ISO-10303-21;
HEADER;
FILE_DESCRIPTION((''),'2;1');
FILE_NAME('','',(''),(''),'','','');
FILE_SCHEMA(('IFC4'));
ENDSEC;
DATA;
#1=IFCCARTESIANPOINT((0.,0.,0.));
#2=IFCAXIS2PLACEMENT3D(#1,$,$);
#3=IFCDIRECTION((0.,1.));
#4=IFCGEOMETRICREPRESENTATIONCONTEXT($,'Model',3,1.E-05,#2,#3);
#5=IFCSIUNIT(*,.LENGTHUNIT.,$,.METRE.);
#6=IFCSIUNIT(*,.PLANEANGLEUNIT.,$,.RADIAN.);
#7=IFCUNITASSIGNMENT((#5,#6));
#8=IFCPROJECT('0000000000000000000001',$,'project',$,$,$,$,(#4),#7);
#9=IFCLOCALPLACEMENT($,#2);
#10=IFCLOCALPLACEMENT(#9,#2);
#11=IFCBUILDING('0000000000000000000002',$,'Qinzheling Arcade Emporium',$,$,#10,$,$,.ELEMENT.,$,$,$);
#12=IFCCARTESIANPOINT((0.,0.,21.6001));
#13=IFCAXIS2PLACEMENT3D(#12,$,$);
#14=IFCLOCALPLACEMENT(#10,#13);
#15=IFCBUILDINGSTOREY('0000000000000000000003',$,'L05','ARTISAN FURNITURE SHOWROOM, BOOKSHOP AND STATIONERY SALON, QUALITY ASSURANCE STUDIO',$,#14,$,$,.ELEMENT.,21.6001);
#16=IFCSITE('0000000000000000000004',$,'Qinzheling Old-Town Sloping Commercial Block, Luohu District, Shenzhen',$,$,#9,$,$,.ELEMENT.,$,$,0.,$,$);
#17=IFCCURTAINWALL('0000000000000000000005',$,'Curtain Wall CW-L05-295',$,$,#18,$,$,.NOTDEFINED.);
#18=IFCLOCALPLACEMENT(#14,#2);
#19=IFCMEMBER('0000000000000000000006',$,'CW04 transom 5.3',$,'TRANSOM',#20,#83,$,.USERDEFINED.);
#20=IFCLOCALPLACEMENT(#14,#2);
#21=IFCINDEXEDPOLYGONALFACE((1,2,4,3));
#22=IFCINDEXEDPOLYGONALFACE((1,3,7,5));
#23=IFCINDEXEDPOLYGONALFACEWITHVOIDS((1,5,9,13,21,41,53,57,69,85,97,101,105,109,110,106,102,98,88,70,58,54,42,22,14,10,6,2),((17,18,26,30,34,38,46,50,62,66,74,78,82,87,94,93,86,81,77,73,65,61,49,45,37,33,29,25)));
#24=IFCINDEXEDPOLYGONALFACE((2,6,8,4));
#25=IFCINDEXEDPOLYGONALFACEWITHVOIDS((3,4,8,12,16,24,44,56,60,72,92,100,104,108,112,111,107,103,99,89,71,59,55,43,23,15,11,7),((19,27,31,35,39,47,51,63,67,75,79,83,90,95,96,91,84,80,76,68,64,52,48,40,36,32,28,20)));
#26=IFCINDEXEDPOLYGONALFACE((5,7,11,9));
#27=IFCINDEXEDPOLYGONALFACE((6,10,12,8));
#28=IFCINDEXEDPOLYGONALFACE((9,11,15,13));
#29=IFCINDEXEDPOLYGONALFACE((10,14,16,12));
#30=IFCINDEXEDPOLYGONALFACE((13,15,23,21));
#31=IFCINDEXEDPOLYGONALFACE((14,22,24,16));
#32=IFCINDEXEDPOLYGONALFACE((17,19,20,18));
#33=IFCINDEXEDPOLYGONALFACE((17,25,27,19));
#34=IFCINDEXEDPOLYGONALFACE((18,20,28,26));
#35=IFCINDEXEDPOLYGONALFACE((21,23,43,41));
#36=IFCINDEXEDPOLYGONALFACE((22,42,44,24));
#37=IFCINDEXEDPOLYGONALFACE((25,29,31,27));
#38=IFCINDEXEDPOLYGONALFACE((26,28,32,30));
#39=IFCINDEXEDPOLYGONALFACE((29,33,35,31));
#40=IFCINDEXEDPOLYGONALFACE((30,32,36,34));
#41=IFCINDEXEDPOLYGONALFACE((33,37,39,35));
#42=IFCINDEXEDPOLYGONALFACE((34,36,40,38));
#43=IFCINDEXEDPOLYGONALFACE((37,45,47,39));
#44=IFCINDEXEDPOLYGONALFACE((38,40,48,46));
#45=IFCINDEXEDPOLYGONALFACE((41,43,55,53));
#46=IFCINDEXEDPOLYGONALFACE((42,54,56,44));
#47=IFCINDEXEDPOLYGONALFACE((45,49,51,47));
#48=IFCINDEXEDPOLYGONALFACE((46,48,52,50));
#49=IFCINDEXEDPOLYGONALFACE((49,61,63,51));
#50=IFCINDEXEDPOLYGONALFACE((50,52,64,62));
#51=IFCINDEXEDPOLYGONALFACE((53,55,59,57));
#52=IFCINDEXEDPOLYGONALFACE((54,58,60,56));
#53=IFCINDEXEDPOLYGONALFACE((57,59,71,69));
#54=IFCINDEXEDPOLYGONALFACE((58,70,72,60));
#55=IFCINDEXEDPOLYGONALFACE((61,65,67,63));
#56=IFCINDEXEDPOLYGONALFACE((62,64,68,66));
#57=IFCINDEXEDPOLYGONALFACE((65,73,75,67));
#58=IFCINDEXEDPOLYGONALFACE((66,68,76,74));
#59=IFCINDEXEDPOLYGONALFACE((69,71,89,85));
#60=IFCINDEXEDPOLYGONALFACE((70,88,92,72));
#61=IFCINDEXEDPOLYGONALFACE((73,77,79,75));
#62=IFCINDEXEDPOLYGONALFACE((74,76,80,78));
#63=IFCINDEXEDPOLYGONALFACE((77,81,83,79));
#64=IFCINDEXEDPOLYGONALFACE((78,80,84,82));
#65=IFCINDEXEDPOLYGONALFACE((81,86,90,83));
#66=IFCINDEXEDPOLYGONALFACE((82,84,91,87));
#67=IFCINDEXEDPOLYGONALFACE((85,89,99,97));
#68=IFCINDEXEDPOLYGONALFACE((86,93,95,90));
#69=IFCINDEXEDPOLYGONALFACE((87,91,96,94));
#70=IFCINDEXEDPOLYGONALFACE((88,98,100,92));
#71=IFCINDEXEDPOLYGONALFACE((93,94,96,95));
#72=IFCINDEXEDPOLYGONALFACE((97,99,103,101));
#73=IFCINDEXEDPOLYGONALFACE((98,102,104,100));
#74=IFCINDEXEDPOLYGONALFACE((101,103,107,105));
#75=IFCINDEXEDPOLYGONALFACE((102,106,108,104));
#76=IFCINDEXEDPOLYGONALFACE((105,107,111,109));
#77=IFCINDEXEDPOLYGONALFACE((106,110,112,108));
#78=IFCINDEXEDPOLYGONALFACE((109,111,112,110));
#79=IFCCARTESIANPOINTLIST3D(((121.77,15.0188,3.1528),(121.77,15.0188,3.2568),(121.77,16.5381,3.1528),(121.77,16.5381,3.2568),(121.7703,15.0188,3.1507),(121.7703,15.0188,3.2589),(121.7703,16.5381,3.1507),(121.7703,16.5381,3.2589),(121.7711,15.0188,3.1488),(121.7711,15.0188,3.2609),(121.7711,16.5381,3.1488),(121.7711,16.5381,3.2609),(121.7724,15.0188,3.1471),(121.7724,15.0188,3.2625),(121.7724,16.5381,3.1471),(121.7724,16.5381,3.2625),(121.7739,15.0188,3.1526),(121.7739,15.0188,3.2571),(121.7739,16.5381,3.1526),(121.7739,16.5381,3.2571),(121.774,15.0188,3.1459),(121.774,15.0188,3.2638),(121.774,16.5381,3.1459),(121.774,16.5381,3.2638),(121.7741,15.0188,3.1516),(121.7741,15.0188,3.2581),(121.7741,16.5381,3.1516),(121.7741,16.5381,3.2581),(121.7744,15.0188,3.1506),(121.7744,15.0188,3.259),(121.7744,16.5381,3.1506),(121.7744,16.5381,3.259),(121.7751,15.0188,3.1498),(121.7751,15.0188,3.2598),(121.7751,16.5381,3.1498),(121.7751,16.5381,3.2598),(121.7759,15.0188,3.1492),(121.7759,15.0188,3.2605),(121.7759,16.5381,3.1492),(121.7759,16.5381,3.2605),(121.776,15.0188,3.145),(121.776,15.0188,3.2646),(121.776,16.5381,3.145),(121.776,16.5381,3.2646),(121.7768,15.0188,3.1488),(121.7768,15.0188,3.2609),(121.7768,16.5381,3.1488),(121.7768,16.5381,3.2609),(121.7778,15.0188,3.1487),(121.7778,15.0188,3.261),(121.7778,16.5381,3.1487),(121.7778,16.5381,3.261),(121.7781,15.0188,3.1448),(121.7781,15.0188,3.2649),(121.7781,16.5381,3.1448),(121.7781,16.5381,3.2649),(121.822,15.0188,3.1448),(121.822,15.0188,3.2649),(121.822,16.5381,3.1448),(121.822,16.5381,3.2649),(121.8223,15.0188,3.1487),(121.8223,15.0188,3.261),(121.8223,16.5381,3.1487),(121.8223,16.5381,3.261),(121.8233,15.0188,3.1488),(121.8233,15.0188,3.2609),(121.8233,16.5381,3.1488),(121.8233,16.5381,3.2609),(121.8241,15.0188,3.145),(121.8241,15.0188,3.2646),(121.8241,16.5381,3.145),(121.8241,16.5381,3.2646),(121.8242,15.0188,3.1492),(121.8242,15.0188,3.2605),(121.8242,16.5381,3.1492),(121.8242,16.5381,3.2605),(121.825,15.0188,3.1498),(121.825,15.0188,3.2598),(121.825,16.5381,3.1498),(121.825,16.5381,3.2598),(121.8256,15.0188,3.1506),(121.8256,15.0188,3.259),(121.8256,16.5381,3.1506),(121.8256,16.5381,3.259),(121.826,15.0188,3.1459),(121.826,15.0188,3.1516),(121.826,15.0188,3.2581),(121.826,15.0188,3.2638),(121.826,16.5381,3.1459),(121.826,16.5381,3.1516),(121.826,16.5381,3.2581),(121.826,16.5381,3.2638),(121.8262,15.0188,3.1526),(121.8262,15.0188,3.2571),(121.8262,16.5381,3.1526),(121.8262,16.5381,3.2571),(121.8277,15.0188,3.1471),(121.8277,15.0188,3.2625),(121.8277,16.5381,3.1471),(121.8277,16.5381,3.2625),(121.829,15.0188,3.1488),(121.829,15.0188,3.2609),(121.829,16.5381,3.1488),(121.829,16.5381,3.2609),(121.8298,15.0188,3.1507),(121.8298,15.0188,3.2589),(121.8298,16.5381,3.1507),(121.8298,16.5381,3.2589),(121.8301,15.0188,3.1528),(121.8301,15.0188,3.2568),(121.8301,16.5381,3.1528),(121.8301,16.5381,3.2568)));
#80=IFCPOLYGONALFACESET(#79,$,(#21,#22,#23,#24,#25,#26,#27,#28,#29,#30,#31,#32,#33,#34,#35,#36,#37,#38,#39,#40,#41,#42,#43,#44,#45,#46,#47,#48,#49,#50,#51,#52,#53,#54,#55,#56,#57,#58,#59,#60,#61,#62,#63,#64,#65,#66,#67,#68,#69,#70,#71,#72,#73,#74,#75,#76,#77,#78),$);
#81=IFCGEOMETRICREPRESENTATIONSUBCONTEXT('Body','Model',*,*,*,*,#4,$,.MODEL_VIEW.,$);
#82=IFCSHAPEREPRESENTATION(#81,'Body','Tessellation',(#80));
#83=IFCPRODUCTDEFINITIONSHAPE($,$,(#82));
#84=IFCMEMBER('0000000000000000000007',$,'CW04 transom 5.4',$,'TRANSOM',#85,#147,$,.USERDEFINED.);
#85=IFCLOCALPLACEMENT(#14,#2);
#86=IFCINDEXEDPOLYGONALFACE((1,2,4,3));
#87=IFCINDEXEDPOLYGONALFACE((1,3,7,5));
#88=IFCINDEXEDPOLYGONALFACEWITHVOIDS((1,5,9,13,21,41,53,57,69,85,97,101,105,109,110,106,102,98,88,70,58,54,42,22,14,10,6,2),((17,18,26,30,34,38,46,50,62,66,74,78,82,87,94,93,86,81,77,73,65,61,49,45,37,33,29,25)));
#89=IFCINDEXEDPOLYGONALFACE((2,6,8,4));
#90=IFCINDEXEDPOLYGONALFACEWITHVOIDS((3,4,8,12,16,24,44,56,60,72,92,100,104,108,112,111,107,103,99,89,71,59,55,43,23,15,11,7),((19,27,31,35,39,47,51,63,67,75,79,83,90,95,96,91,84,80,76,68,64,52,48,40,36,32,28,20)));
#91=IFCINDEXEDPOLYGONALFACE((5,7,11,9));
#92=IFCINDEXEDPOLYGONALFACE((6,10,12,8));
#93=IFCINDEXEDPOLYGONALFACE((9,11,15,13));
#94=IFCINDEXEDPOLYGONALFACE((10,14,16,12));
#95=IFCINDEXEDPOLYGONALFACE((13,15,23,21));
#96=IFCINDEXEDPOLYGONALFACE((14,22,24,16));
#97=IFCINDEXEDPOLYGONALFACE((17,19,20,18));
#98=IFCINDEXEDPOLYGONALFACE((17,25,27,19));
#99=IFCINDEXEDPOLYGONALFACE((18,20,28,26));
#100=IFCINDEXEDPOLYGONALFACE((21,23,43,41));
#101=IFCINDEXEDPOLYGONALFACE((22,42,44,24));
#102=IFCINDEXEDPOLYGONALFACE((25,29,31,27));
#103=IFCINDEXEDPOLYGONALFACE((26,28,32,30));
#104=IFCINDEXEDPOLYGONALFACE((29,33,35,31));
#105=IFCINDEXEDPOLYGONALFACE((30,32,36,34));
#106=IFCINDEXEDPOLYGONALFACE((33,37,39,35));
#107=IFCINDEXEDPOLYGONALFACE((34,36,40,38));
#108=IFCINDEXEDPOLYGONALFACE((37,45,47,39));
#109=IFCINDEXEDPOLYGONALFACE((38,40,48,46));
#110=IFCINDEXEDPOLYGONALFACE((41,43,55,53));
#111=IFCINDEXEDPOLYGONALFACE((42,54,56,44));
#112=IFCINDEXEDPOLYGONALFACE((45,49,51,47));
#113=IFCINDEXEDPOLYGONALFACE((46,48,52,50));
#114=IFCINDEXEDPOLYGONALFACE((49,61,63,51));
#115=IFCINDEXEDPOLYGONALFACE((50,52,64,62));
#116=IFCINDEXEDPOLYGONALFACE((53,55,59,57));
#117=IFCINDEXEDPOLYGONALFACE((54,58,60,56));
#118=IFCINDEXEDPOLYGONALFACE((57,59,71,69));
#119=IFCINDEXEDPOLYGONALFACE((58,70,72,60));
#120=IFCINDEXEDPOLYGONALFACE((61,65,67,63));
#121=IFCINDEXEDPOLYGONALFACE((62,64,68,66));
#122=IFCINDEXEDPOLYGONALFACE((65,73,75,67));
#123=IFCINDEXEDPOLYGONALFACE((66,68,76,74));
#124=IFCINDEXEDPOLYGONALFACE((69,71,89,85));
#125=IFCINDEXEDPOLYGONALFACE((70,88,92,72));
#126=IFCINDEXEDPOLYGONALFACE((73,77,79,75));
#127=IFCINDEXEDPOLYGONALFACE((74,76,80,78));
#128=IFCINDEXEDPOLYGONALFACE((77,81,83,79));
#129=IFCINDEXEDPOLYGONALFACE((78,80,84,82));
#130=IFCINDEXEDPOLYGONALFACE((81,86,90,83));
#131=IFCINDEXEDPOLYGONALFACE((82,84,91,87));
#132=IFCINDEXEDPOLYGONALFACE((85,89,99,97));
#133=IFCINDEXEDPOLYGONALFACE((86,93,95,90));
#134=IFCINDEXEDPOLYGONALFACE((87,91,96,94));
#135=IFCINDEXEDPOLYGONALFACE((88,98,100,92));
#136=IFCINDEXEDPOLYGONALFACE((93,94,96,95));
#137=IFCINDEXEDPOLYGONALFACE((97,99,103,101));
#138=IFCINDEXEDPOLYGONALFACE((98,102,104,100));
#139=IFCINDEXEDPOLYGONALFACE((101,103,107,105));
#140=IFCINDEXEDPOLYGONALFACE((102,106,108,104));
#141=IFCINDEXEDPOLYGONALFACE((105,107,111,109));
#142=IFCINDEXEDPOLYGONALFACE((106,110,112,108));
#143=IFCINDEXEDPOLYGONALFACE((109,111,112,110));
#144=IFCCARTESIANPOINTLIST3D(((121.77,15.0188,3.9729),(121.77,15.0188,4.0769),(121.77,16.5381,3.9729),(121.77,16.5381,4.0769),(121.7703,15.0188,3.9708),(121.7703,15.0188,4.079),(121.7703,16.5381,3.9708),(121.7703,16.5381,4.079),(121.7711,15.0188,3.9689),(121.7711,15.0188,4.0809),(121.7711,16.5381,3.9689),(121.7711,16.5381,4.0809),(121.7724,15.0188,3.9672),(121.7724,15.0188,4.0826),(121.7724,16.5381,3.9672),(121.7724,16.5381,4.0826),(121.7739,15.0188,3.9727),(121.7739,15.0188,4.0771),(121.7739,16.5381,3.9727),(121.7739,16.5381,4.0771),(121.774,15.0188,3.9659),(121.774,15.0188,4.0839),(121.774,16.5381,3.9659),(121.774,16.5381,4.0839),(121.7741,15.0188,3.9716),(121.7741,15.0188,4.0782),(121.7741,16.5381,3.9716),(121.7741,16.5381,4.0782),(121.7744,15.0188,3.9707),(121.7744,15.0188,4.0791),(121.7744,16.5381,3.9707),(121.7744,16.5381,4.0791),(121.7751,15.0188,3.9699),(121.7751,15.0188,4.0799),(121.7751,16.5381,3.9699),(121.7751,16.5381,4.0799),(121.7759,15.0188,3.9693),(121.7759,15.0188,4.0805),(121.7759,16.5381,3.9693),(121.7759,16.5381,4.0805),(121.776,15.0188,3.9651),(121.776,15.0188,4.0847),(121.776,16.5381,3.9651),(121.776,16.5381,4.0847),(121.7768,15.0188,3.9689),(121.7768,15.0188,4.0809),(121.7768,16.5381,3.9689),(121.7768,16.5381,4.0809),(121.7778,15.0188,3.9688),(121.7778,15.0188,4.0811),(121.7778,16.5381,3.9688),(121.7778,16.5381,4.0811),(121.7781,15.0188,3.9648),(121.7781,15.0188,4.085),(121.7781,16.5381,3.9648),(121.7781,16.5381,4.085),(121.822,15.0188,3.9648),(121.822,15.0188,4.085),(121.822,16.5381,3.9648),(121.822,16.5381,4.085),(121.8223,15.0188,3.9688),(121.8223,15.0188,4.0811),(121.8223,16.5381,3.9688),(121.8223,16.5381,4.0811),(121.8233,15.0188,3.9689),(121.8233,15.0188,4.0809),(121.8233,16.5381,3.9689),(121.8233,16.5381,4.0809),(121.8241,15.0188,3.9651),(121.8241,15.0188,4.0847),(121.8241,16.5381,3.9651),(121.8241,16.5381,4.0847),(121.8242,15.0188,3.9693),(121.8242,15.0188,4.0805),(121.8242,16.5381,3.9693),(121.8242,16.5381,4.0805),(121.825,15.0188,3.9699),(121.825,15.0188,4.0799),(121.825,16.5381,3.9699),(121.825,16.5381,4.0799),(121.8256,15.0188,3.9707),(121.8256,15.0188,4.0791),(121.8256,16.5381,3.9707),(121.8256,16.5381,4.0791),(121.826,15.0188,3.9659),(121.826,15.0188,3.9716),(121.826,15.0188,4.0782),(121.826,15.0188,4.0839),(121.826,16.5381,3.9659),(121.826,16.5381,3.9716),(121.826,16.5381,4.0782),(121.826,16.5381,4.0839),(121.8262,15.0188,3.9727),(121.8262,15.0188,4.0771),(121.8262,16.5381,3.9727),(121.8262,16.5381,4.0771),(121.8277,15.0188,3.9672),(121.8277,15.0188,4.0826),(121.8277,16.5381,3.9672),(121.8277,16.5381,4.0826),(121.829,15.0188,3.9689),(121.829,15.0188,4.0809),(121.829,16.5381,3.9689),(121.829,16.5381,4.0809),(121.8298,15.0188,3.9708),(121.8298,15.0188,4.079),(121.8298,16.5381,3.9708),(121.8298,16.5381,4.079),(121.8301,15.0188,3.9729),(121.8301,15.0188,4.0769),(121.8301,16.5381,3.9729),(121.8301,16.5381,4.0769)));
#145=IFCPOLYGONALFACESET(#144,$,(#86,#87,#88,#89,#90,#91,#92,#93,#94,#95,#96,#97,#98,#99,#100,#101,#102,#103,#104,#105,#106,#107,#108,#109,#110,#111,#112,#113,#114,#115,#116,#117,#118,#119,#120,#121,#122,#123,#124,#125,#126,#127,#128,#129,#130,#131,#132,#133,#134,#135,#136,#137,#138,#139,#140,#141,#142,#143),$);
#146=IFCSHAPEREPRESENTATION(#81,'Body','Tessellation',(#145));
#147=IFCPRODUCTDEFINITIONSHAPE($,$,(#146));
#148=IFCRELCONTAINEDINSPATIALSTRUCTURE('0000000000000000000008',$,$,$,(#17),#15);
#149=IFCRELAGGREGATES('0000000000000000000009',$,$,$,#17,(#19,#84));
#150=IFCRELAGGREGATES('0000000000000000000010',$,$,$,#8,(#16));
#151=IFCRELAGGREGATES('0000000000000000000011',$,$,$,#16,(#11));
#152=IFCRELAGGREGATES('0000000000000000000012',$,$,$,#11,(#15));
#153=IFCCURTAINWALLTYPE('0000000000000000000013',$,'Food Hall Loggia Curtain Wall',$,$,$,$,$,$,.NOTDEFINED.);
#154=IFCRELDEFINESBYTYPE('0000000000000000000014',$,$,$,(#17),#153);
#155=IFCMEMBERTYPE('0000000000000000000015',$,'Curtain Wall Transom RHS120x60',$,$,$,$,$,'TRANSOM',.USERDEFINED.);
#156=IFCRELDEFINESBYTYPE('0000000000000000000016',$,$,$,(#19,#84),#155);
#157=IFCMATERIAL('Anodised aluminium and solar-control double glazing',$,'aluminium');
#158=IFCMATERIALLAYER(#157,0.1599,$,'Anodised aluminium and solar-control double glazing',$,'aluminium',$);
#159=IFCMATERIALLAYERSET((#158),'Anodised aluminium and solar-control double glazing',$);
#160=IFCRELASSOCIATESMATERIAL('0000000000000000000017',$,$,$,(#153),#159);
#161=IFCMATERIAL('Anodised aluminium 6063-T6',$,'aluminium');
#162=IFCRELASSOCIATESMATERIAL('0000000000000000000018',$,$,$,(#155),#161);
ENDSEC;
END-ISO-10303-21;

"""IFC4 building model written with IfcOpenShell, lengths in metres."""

from ifc_helpers import new_model, si_unit, direction, frame, origin, origin_2d, place, context, subcontext, project, spatial, hollow_rectangle, extrude, material, layer, layer_set, material_profile, profile_set, type_object, element, aggregate, save


model = new_model("IFC4")

# Units and contexts
model_context = context("Model", 3, precision=1e-05, world=origin(), true_north=direction((0.0, 1.0)))
body_context = subcontext(model_context, "Body", "Model", "MODEL_VIEW")
ifc_project = project(units=[si_unit("LENGTHUNIT", "METRE"), si_unit("PLANEANGLEUNIT", "RADIAN")], contexts=[model_context])

# Site, building, storey
site_placement = place(None, origin())
site = spatial("IfcSite", under=ifc_project, at=site_placement, Name="Qinzheling Old-Town Sloping Commercial Block, Luohu District, Shenzhen", CompositionType="ELEMENT", RefElevation=0.0)
building_placement = place(site_placement, origin())
building = spatial("IfcBuilding", under=site, at=building_placement, Name="Qinzheling Arcade Emporium", CompositionType="ELEMENT")
storey_placement = place(building_placement, frame((0.0, 0.0, 21.6001)))
storey = spatial("IfcBuildingStorey", under=building, at=storey_placement, Name="L05", Description="ARTISAN FURNITURE SHOWROOM, BOOKSHOP AND STATIONERY SALON, QUALITY ASSURANCE STUDIO", CompositionType="ELEMENT", Elevation=21.6001)

# Curtain wall
ifc_material_1 = material(Name="Anodised aluminium and solar-control double glazing", Category="aluminium")
ifc_layer_1 = layer(ifc_material_1, 0.1599, Name="Anodised aluminium and solar-control double glazing", Category="aluminium")
ifc_layer_set_1 = layer_set([ifc_layer_1], Name="Anodised aluminium and solar-control double glazing")
curtain_wall_type_1 = type_object("IfcCurtainWallType", Name="Food Hall Loggia Curtain Wall", PredefinedType="NOTDEFINED", material=ifc_layer_set_1)
curtain_wall_1_placement = place(storey_placement, origin())
curtain_wall_1 = element("IfcCurtainWall", 1, at=curtain_wall_1_placement, inside=storey, type_object=curtain_wall_type_1, Name="Curtain Wall CW-L05-295", PredefinedType="NOTDEFINED")
ifc_material_2 = material(Name="Anodised aluminium 6063-T6", Category="aluminium")

# Members
ifc_material_profile_1 = material_profile(ifc_material_2, hollow_rectangle(XDim=0.0601, YDim=0.1201, WallThickness=0.0039, InnerFilletRadius=0.0039, OuterFilletRadius=0.0081, at=origin_2d()), Name="RHS 120x60x4", Category="aluminium")
ifc_profile_set_1 = profile_set([ifc_material_profile_1], Name="Anodised aluminium 6063-T6")
member_type_1 = type_object("IfcMemberType", Name="Curtain Wall Transom RHS120x60", ElementType="TRANSOM", PredefinedType="USERDEFINED", material=ifc_profile_set_1)
member_1_placement = place(storey_placement, frame((121.8, 15.0188, 3.2048), z_axis=(0.0, 1.0, 0.0), x_axis=(-1.0, 0.0, 0.0)))
member_1 = element("IfcMember", 2, at=member_1_placement, type_object=member_type_1, Name="CW04 transom 5.3", ObjectType="TRANSOM", PredefinedType="USERDEFINED", context=body_context, shape_type="SweptSolid", body=[
    extrude(hollow_rectangle(XDim=0.0601, YDim=0.1201, WallThickness=0.0039, InnerFilletRadius=0.0039, OuterFilletRadius=0.0081, at=origin_2d()), origin(), (0.0, 0.0, 1.0), 1.5193),
])
member_2_placement = place(storey_placement, frame((121.8, 15.0188, 4.0249), z_axis=(0.0, 1.0, 0.0), x_axis=(-1.0, 0.0, 0.0)))
member_2 = element("IfcMember", 3, at=member_2_placement, type_object=member_type_1, Name="CW04 transom 5.4", ObjectType="TRANSOM", PredefinedType="USERDEFINED", context=body_context, shape_type="SweptSolid", body=[
    extrude(hollow_rectangle(XDim=0.0601, YDim=0.1201, WallThickness=0.0039, InnerFilletRadius=0.0039, OuterFilletRadius=0.0081, at=origin_2d()), origin(), (0.0, 0.0, 1.0), 1.5193),
])

aggregate(curtain_wall_1, [member_1, member_2])

save(model, "model.ifc")
